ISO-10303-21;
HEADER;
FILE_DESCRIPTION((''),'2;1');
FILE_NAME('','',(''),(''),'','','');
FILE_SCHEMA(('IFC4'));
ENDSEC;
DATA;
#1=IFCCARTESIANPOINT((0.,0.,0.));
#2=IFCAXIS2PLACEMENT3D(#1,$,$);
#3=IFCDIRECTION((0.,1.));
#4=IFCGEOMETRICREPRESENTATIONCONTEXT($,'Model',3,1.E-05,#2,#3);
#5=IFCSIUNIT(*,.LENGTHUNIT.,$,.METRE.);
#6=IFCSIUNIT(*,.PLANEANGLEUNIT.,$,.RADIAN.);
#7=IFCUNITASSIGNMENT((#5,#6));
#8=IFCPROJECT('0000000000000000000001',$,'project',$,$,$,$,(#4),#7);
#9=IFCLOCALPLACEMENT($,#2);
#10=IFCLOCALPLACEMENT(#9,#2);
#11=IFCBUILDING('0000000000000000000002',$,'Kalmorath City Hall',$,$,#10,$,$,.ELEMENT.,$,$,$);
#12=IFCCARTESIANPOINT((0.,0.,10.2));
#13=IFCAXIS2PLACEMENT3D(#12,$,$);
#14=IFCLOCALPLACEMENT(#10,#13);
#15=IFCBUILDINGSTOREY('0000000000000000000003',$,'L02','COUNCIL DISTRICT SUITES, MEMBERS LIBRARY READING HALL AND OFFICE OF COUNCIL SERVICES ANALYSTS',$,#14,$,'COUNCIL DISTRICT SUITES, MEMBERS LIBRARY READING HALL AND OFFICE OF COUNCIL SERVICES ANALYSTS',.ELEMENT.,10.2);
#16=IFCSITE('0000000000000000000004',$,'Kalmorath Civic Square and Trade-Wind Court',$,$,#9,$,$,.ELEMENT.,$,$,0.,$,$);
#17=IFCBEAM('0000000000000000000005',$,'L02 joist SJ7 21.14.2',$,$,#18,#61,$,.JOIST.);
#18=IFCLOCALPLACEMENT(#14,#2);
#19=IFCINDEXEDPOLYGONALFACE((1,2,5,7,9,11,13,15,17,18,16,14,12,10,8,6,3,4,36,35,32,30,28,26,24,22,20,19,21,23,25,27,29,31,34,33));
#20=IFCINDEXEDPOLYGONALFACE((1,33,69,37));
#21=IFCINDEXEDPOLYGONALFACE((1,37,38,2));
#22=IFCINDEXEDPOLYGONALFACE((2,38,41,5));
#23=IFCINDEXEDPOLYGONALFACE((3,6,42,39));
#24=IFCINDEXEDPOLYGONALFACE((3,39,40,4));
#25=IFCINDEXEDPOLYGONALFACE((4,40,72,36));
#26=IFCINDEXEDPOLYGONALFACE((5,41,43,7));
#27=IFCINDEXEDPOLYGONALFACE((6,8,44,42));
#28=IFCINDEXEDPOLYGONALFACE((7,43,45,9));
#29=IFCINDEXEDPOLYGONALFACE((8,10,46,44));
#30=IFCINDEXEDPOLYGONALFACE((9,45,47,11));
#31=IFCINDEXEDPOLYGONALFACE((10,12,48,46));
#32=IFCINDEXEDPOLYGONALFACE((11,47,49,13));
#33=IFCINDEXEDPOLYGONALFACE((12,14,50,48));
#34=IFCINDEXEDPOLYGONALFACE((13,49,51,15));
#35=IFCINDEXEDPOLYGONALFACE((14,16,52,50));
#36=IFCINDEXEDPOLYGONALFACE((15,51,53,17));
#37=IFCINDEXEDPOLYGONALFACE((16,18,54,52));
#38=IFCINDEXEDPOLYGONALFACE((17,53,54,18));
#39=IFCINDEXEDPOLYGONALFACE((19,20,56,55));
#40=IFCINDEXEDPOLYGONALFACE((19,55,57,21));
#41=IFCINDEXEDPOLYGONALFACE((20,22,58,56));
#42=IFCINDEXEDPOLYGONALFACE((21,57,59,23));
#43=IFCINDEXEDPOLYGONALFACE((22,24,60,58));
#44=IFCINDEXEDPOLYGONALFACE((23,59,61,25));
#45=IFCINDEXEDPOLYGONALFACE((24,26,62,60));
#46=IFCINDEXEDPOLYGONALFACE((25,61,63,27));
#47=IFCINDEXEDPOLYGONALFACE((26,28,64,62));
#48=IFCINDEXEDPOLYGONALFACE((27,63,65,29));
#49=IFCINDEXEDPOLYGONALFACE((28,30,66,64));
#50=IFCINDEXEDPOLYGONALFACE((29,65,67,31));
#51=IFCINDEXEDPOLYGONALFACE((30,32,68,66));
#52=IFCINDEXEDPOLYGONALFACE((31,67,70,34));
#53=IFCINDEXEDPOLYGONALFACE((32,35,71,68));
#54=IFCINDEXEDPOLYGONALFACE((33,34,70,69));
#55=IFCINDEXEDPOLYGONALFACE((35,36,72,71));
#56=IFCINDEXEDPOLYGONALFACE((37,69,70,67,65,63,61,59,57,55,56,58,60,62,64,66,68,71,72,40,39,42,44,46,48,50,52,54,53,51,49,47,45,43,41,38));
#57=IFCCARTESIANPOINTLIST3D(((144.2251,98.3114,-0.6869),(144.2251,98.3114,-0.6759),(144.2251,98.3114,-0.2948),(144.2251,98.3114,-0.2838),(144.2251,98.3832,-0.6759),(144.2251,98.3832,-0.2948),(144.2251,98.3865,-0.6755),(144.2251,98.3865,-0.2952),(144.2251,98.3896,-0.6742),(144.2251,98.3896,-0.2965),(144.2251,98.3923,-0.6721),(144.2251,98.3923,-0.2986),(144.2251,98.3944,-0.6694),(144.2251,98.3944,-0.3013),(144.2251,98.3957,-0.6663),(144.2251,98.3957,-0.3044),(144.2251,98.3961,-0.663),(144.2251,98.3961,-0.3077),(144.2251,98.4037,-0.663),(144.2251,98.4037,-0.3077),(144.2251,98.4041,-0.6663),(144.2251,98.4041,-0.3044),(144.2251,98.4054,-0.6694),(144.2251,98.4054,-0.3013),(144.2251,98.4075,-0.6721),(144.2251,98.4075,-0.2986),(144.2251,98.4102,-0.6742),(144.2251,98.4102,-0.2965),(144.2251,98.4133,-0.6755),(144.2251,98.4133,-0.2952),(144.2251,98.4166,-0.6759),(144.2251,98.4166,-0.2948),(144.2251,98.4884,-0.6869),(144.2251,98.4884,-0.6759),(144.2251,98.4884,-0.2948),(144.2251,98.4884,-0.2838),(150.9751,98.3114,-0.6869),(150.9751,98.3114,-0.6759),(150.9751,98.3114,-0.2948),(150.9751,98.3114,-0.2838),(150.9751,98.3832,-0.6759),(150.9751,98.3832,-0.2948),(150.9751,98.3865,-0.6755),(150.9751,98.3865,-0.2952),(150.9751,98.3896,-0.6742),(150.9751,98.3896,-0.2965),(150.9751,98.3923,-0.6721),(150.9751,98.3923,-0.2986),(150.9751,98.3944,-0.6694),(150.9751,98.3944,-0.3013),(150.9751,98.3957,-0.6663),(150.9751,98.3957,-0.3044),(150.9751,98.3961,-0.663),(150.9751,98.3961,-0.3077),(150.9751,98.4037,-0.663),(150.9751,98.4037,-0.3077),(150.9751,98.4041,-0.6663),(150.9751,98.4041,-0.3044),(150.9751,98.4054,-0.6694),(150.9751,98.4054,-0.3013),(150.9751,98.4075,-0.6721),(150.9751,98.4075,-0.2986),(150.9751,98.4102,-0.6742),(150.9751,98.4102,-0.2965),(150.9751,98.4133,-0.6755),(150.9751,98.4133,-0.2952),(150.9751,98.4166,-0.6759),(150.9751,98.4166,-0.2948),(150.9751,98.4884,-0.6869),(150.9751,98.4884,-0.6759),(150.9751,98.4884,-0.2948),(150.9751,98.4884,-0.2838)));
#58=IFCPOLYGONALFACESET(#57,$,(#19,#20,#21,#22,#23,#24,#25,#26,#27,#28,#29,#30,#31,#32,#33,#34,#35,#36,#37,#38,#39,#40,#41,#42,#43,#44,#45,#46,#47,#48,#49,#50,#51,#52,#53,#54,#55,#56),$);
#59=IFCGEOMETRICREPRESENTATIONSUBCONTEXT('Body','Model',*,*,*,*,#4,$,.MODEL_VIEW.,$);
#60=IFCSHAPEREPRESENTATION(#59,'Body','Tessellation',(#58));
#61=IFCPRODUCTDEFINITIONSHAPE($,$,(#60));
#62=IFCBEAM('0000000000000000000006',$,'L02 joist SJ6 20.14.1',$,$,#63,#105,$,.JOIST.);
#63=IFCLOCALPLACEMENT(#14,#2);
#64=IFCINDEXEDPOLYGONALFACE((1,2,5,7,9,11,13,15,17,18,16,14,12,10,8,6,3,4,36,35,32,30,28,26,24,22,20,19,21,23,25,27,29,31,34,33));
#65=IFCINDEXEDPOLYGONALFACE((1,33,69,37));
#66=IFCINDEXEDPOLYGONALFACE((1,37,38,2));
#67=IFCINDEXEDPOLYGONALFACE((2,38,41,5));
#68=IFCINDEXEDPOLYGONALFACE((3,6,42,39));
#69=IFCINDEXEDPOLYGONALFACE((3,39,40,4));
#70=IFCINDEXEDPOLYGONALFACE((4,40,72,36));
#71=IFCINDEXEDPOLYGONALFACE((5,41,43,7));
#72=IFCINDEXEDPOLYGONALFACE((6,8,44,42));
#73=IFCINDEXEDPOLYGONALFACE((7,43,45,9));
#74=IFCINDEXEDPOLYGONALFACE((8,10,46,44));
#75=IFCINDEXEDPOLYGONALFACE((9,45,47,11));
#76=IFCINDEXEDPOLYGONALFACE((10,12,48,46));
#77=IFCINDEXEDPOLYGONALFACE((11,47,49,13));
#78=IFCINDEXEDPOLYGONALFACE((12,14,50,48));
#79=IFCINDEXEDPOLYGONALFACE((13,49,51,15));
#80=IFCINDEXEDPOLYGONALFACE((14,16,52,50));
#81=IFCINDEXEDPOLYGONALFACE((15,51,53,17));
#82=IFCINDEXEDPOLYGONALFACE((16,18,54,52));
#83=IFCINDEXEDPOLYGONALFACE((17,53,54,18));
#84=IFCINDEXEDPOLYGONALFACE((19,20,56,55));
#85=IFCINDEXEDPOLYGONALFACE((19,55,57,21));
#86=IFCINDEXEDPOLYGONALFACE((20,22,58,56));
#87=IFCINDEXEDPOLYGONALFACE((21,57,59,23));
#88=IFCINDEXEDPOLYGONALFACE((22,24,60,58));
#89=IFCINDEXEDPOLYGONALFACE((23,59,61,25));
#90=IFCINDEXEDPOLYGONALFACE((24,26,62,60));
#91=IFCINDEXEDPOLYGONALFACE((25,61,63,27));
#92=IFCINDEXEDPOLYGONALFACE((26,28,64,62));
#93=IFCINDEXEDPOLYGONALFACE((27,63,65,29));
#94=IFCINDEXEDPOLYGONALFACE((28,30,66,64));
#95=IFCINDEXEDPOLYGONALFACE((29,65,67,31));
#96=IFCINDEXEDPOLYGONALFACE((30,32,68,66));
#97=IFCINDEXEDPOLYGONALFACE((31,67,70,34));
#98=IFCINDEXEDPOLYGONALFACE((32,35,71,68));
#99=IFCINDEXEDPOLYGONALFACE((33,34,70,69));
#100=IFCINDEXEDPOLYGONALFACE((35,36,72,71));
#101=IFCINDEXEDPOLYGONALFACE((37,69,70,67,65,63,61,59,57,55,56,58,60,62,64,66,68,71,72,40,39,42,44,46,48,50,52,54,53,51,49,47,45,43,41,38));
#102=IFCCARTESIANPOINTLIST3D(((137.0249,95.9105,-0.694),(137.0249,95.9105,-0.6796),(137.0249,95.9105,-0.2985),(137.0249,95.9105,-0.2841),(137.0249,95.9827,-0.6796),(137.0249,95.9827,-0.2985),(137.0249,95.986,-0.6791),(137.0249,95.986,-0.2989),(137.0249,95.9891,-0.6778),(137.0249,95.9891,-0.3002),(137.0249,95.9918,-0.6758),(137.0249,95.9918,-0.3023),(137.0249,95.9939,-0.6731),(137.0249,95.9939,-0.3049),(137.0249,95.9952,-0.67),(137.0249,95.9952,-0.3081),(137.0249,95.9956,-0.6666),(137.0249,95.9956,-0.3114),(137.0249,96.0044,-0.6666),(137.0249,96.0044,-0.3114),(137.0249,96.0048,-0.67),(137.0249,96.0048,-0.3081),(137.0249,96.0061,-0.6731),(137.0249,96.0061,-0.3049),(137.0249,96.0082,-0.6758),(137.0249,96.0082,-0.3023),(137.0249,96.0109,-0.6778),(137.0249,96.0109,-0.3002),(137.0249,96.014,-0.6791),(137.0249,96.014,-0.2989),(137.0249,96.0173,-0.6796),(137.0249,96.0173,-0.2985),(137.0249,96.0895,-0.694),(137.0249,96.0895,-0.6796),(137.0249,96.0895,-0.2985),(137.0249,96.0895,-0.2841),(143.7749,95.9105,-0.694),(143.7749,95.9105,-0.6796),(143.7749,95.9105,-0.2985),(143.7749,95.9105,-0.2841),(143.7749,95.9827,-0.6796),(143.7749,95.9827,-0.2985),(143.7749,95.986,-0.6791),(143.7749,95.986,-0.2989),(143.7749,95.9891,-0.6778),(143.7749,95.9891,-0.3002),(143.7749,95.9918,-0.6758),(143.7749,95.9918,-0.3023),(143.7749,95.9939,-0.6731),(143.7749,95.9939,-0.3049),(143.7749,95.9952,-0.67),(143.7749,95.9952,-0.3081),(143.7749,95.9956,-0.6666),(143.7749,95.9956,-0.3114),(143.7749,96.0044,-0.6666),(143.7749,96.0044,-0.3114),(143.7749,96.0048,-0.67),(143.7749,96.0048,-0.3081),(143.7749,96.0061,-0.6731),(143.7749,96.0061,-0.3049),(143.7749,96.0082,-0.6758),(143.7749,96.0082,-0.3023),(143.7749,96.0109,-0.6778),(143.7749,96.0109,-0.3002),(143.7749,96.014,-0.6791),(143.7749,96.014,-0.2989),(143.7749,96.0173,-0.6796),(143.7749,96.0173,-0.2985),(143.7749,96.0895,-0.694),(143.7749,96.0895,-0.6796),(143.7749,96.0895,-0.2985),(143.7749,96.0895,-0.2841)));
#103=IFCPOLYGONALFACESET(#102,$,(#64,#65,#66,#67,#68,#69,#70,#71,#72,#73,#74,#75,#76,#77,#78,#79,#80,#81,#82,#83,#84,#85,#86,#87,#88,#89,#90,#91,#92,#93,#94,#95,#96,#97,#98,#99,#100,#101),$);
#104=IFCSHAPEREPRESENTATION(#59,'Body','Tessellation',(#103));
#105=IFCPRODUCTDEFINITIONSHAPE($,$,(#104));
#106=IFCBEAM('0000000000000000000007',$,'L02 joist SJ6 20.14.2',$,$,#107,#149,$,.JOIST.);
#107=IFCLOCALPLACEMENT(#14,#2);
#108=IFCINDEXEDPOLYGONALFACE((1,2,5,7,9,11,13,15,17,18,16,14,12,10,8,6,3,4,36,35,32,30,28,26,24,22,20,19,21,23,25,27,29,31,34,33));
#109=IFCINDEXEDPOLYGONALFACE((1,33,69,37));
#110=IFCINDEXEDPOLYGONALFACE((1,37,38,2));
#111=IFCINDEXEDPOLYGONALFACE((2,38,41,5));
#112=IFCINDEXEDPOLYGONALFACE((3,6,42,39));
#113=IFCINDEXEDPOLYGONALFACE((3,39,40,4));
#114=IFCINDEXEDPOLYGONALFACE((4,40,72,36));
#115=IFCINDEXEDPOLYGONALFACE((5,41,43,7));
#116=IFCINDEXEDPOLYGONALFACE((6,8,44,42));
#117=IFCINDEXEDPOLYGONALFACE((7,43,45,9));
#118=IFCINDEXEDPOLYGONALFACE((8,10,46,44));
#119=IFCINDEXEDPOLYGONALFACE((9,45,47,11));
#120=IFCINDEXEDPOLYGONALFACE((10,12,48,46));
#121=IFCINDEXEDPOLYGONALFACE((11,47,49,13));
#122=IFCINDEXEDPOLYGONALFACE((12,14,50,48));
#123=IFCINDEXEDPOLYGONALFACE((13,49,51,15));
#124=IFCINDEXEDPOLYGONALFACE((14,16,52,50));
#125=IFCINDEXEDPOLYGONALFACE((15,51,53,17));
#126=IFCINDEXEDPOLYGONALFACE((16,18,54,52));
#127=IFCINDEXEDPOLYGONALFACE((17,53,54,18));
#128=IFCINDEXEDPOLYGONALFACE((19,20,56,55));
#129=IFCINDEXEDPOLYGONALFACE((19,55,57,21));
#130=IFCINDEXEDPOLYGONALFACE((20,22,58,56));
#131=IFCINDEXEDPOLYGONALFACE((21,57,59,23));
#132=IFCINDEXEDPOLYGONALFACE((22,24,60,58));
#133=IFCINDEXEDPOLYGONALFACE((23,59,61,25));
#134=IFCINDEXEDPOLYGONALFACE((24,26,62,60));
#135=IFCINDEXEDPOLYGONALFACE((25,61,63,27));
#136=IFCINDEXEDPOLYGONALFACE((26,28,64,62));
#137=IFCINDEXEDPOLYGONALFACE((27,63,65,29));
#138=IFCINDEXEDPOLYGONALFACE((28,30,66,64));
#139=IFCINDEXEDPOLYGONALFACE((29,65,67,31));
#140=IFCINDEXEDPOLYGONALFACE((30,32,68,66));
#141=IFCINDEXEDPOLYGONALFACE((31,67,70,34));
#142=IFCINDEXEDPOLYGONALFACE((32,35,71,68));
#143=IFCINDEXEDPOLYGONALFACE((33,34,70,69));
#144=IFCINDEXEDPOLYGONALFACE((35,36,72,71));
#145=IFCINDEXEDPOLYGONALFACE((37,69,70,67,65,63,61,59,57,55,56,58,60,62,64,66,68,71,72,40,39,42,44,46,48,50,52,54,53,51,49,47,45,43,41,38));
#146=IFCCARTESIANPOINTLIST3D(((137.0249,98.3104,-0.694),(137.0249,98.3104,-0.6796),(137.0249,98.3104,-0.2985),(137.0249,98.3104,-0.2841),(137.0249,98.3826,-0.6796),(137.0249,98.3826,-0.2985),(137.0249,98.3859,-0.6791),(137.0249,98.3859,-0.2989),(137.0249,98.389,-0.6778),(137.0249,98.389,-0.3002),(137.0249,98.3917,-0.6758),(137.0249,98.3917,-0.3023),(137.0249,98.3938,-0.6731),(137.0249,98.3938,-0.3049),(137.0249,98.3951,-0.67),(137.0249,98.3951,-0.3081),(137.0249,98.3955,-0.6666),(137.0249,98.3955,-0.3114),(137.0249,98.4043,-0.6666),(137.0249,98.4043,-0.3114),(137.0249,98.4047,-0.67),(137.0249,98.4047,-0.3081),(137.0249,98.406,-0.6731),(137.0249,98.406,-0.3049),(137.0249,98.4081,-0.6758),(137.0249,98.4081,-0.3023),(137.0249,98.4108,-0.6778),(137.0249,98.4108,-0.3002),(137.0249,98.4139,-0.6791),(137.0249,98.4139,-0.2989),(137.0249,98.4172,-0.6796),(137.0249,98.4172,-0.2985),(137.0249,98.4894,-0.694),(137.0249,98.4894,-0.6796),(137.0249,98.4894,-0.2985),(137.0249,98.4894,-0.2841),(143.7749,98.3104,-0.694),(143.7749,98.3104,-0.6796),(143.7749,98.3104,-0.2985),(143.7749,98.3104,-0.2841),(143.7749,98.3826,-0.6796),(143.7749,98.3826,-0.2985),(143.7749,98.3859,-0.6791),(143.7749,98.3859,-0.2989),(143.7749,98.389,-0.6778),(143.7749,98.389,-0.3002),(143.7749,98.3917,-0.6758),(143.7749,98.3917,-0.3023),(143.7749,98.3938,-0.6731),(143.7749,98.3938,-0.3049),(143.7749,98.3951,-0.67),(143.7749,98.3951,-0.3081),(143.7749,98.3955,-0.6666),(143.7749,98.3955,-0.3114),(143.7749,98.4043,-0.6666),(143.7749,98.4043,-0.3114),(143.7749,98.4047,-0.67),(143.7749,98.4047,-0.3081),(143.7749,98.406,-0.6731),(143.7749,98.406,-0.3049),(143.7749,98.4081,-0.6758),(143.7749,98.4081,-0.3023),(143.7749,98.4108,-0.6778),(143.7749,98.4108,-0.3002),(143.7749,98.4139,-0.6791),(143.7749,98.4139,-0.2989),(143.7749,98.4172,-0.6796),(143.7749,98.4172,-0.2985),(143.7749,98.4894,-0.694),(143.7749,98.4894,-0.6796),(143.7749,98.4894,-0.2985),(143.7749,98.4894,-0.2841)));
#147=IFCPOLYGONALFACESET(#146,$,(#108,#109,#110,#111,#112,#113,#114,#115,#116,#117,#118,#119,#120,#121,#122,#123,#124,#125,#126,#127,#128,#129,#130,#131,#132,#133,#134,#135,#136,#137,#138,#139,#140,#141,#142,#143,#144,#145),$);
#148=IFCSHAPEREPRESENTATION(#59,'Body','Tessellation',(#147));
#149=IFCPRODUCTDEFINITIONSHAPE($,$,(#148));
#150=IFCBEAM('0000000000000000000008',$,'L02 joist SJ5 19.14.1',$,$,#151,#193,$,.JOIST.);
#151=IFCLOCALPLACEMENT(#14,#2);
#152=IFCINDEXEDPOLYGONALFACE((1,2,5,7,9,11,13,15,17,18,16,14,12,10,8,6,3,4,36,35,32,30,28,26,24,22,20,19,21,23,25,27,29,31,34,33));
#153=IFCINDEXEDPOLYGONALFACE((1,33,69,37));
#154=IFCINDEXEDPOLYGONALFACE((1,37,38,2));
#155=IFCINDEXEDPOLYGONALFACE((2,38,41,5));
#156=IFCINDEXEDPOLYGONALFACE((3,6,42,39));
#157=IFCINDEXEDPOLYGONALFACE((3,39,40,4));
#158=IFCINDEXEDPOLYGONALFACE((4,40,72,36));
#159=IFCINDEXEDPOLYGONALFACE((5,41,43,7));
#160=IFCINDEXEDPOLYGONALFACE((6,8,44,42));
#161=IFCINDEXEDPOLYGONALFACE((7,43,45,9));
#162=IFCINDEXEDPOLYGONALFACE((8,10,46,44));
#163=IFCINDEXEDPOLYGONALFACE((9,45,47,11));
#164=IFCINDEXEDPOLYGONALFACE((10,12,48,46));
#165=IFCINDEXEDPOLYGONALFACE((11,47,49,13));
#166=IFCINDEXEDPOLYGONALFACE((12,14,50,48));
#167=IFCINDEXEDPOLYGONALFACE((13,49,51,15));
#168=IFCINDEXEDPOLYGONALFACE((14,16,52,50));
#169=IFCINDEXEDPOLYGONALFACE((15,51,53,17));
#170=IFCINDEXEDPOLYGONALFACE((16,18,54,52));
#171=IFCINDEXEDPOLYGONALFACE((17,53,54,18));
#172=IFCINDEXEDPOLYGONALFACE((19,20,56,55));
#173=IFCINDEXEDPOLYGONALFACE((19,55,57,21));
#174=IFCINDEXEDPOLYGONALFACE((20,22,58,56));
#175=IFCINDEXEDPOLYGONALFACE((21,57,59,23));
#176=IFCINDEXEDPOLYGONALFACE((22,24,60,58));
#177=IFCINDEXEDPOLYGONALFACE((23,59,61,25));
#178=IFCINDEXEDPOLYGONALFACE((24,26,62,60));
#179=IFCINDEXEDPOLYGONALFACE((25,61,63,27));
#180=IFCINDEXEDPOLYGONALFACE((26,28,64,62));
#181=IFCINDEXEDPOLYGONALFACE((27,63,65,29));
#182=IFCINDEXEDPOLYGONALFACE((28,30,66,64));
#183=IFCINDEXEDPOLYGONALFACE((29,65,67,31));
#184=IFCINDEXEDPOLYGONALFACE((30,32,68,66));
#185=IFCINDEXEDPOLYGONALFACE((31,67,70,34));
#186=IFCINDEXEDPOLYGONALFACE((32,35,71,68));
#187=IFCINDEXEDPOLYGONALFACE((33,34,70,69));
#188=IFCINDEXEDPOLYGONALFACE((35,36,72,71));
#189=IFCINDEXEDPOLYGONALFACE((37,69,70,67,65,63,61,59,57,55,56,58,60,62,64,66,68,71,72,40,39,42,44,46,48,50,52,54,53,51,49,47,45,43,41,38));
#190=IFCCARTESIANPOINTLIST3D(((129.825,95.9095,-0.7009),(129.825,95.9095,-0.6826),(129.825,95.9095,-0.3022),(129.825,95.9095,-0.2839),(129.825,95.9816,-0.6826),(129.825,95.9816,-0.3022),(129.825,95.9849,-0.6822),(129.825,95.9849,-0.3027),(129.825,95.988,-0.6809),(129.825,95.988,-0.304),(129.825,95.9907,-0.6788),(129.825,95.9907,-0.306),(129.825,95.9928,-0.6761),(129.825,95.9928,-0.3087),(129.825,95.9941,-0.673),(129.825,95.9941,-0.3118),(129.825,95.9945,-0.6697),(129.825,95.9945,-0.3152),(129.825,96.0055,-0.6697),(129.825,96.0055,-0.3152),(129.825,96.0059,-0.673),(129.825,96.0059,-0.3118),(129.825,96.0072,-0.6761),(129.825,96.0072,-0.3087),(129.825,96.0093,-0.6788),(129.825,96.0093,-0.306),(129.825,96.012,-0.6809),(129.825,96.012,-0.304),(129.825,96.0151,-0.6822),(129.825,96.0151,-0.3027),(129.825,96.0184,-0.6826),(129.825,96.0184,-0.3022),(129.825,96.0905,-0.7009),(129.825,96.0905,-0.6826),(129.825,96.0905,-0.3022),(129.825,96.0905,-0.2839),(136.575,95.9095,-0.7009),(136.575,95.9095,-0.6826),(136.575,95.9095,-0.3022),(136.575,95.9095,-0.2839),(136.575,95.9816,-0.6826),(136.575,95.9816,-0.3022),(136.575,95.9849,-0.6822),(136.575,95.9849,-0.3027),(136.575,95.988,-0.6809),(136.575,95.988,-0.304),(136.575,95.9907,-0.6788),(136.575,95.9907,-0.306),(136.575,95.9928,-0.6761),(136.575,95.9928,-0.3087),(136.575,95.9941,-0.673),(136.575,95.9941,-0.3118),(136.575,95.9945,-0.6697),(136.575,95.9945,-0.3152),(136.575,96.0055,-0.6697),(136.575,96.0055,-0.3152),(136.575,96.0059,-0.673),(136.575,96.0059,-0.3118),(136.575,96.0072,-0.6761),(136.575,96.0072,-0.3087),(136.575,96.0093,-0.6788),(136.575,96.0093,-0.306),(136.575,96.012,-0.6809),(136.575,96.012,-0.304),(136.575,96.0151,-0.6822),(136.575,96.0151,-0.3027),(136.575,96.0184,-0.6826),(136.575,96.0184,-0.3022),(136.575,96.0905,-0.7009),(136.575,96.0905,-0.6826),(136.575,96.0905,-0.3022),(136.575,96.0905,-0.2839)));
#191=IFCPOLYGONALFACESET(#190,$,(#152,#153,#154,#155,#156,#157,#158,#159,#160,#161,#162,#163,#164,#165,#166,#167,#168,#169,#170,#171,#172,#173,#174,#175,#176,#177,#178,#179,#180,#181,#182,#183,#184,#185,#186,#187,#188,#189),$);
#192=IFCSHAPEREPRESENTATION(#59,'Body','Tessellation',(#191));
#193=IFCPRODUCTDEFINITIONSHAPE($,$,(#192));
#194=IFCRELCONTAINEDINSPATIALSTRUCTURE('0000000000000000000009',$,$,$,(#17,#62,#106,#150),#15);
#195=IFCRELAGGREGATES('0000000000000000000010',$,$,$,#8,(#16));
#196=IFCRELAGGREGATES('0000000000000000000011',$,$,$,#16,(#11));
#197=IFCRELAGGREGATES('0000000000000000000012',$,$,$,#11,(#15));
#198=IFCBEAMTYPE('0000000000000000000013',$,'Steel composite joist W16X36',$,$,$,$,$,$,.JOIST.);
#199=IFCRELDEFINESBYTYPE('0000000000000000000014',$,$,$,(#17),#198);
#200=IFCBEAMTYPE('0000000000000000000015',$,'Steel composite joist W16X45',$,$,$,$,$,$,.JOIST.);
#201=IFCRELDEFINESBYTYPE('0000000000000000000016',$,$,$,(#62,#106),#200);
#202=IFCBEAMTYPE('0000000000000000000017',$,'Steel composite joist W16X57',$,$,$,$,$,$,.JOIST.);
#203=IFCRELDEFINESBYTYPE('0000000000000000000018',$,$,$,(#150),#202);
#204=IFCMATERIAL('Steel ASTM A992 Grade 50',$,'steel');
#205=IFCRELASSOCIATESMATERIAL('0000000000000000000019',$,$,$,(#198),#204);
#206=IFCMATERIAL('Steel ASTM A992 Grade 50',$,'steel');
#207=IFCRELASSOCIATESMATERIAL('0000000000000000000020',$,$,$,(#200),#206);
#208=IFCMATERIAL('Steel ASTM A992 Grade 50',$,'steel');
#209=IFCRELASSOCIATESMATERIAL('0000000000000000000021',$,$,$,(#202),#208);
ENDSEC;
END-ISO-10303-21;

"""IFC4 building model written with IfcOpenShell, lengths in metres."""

from ifc_helpers import new_model, si_unit, direction, frame, origin, origin_2d, place, context, subcontext, project, spatial, i_section, extrude, material, material_profile, profile_set, type_object, element, save


model = new_model("IFC4")

# Units and contexts
model_context = context("Model", 3, precision=1e-05, world=origin(), true_north=direction((0.0, 1.0)))
body_context = subcontext(model_context, "Body", "Model", "MODEL_VIEW")
ifc_project = project(units=[si_unit("LENGTHUNIT", "METRE"), si_unit("PLANEANGLEUNIT", "RADIAN")], contexts=[model_context])

# Site, building, storey
site_placement = place(None, origin())
site = spatial("IfcSite", under=ifc_project, at=site_placement, Name="Kalmorath Civic Square and Trade-Wind Court", CompositionType="ELEMENT", RefElevation=0.0)
building_placement = place(site_placement, origin())
building = spatial("IfcBuilding", under=site, at=building_placement, Name="Kalmorath City Hall", CompositionType="ELEMENT")
storey_placement = place(building_placement, frame((0.0, 0.0, 10.2)))
storey = spatial("IfcBuildingStorey", under=building, at=storey_placement, Name="L02", Description="COUNCIL DISTRICT SUITES, MEMBERS LIBRARY READING HALL AND OFFICE OF COUNCIL SERVICES ANALYSTS", LongName="COUNCIL DISTRICT SUITES, MEMBERS LIBRARY READING HALL AND OFFICE OF COUNCIL SERVICES ANALYSTS", CompositionType="ELEMENT", Elevation=10.2)

# Beams
ifc_material_1 = material(Name="Steel ASTM A992 Grade 50", Category="steel")
ifc_material_profile_1 = material_profile(ifc_material_1, i_section(OverallWidth=0.177, OverallDepth=0.4031, WebThickness=0.0076, FlangeThickness=0.011, FilletRadius=0.0129, at=origin_2d()), Name="W16X36")
ifc_profile_set_1 = profile_set([ifc_material_profile_1], Name="Steel ASTM A992 Grade 50")
beam_type_1 = type_object("IfcBeamType", Name="Steel composite joist W16X36", PredefinedType="JOIST", material=ifc_profile_set_1)
for number, where, z_axis, x_axis, name in (
    (1, (144.2251, 98.3999, -0.4854), (1.0, 0.0, 0.0), (0.0, 1.0, 0.0), "L02 joist SJ7 21.14.2"),
):
    element("IfcBeam", number, at=place(storey_placement, frame(where, z_axis=z_axis, x_axis=x_axis)), inside=storey, type_object=beam_type_1, Name=name, PredefinedType="JOIST", context=body_context, shape_type="SweptSolid", body=[
        extrude(i_section(OverallWidth=0.177, OverallDepth=0.4031, WebThickness=0.0076, FlangeThickness=0.011, FilletRadius=0.0129, at=origin_2d()), origin(), (0.0, 0.0, 1.0), 6.75),
    ])
ifc_material_2 = material(Name="Steel ASTM A992 Grade 50", Category="steel")
ifc_material_profile_2 = material_profile(ifc_material_2, i_section(OverallWidth=0.179, OverallDepth=0.4099, WebThickness=0.0088, FlangeThickness=0.0144, FilletRadius=0.0129, at=origin_2d()), Name="W16X45")
ifc_profile_set_2 = profile_set([ifc_material_profile_2], Name="Steel ASTM A992 Grade 50")
beam_type_2 = type_object("IfcBeamType", Name="Steel composite joist W16X45", PredefinedType="JOIST", material=ifc_profile_set_2)
for number, where, z_axis, x_axis, name in (
    (2, (137.0249, 96.0, -0.489), (1.0, 0.0, 0.0), (0.0, 1.0, 0.0), "L02 joist SJ6 20.14.1"),
    (3, (137.0249, 98.3999, -0.489), (1.0, 0.0, 0.0), (0.0, 1.0, 0.0), "L02 joist SJ6 20.14.2"),
):
    element("IfcBeam", number, at=place(storey_placement, frame(where, z_axis=z_axis, x_axis=x_axis)), inside=storey, type_object=beam_type_2, Name=name, PredefinedType="JOIST", context=body_context, shape_type="SweptSolid", body=[
        extrude(i_section(OverallWidth=0.179, OverallDepth=0.4099, WebThickness=0.0088, FlangeThickness=0.0144, FilletRadius=0.0129, at=origin_2d()), origin(), (0.0, 0.0, 1.0), 6.75),
    ])
ifc_material_3 = material(Name="Steel ASTM A992 Grade 50", Category="steel")
ifc_material_profile_3 = material_profile(ifc_material_3, i_section(OverallWidth=0.1809, OverallDepth=0.417, WebThickness=0.011, FlangeThickness=0.0183, FilletRadius=0.0129, at=origin_2d()), Name="W16X57")
ifc_profile_set_3 = profile_set([ifc_material_profile_3], Name="Steel ASTM A992 Grade 50")
beam_type_3 = type_object("IfcBeamType", Name="Steel composite joist W16X57", PredefinedType="JOIST", material=ifc_profile_set_3)
for number, where, z_axis, x_axis, name in (
    (4, (129.825, 96.0, -0.4924), (1.0, 0.0, 0.0), (0.0, 1.0, 0.0), "L02 joist SJ5 19.14.1"),
):
    element("IfcBeam", number, at=place(storey_placement, frame(where, z_axis=z_axis, x_axis=x_axis)), inside=storey, type_object=beam_type_3, Name=name, PredefinedType="JOIST", context=body_context, shape_type="SweptSolid", body=[
        extrude(i_section(OverallWidth=0.1809, OverallDepth=0.417, WebThickness=0.011, FlangeThickness=0.0183, FilletRadius=0.0129, at=origin_2d()), origin(), (0.0, 0.0, 1.0), 6.75),
    ])

save(model, "model.ifc")
